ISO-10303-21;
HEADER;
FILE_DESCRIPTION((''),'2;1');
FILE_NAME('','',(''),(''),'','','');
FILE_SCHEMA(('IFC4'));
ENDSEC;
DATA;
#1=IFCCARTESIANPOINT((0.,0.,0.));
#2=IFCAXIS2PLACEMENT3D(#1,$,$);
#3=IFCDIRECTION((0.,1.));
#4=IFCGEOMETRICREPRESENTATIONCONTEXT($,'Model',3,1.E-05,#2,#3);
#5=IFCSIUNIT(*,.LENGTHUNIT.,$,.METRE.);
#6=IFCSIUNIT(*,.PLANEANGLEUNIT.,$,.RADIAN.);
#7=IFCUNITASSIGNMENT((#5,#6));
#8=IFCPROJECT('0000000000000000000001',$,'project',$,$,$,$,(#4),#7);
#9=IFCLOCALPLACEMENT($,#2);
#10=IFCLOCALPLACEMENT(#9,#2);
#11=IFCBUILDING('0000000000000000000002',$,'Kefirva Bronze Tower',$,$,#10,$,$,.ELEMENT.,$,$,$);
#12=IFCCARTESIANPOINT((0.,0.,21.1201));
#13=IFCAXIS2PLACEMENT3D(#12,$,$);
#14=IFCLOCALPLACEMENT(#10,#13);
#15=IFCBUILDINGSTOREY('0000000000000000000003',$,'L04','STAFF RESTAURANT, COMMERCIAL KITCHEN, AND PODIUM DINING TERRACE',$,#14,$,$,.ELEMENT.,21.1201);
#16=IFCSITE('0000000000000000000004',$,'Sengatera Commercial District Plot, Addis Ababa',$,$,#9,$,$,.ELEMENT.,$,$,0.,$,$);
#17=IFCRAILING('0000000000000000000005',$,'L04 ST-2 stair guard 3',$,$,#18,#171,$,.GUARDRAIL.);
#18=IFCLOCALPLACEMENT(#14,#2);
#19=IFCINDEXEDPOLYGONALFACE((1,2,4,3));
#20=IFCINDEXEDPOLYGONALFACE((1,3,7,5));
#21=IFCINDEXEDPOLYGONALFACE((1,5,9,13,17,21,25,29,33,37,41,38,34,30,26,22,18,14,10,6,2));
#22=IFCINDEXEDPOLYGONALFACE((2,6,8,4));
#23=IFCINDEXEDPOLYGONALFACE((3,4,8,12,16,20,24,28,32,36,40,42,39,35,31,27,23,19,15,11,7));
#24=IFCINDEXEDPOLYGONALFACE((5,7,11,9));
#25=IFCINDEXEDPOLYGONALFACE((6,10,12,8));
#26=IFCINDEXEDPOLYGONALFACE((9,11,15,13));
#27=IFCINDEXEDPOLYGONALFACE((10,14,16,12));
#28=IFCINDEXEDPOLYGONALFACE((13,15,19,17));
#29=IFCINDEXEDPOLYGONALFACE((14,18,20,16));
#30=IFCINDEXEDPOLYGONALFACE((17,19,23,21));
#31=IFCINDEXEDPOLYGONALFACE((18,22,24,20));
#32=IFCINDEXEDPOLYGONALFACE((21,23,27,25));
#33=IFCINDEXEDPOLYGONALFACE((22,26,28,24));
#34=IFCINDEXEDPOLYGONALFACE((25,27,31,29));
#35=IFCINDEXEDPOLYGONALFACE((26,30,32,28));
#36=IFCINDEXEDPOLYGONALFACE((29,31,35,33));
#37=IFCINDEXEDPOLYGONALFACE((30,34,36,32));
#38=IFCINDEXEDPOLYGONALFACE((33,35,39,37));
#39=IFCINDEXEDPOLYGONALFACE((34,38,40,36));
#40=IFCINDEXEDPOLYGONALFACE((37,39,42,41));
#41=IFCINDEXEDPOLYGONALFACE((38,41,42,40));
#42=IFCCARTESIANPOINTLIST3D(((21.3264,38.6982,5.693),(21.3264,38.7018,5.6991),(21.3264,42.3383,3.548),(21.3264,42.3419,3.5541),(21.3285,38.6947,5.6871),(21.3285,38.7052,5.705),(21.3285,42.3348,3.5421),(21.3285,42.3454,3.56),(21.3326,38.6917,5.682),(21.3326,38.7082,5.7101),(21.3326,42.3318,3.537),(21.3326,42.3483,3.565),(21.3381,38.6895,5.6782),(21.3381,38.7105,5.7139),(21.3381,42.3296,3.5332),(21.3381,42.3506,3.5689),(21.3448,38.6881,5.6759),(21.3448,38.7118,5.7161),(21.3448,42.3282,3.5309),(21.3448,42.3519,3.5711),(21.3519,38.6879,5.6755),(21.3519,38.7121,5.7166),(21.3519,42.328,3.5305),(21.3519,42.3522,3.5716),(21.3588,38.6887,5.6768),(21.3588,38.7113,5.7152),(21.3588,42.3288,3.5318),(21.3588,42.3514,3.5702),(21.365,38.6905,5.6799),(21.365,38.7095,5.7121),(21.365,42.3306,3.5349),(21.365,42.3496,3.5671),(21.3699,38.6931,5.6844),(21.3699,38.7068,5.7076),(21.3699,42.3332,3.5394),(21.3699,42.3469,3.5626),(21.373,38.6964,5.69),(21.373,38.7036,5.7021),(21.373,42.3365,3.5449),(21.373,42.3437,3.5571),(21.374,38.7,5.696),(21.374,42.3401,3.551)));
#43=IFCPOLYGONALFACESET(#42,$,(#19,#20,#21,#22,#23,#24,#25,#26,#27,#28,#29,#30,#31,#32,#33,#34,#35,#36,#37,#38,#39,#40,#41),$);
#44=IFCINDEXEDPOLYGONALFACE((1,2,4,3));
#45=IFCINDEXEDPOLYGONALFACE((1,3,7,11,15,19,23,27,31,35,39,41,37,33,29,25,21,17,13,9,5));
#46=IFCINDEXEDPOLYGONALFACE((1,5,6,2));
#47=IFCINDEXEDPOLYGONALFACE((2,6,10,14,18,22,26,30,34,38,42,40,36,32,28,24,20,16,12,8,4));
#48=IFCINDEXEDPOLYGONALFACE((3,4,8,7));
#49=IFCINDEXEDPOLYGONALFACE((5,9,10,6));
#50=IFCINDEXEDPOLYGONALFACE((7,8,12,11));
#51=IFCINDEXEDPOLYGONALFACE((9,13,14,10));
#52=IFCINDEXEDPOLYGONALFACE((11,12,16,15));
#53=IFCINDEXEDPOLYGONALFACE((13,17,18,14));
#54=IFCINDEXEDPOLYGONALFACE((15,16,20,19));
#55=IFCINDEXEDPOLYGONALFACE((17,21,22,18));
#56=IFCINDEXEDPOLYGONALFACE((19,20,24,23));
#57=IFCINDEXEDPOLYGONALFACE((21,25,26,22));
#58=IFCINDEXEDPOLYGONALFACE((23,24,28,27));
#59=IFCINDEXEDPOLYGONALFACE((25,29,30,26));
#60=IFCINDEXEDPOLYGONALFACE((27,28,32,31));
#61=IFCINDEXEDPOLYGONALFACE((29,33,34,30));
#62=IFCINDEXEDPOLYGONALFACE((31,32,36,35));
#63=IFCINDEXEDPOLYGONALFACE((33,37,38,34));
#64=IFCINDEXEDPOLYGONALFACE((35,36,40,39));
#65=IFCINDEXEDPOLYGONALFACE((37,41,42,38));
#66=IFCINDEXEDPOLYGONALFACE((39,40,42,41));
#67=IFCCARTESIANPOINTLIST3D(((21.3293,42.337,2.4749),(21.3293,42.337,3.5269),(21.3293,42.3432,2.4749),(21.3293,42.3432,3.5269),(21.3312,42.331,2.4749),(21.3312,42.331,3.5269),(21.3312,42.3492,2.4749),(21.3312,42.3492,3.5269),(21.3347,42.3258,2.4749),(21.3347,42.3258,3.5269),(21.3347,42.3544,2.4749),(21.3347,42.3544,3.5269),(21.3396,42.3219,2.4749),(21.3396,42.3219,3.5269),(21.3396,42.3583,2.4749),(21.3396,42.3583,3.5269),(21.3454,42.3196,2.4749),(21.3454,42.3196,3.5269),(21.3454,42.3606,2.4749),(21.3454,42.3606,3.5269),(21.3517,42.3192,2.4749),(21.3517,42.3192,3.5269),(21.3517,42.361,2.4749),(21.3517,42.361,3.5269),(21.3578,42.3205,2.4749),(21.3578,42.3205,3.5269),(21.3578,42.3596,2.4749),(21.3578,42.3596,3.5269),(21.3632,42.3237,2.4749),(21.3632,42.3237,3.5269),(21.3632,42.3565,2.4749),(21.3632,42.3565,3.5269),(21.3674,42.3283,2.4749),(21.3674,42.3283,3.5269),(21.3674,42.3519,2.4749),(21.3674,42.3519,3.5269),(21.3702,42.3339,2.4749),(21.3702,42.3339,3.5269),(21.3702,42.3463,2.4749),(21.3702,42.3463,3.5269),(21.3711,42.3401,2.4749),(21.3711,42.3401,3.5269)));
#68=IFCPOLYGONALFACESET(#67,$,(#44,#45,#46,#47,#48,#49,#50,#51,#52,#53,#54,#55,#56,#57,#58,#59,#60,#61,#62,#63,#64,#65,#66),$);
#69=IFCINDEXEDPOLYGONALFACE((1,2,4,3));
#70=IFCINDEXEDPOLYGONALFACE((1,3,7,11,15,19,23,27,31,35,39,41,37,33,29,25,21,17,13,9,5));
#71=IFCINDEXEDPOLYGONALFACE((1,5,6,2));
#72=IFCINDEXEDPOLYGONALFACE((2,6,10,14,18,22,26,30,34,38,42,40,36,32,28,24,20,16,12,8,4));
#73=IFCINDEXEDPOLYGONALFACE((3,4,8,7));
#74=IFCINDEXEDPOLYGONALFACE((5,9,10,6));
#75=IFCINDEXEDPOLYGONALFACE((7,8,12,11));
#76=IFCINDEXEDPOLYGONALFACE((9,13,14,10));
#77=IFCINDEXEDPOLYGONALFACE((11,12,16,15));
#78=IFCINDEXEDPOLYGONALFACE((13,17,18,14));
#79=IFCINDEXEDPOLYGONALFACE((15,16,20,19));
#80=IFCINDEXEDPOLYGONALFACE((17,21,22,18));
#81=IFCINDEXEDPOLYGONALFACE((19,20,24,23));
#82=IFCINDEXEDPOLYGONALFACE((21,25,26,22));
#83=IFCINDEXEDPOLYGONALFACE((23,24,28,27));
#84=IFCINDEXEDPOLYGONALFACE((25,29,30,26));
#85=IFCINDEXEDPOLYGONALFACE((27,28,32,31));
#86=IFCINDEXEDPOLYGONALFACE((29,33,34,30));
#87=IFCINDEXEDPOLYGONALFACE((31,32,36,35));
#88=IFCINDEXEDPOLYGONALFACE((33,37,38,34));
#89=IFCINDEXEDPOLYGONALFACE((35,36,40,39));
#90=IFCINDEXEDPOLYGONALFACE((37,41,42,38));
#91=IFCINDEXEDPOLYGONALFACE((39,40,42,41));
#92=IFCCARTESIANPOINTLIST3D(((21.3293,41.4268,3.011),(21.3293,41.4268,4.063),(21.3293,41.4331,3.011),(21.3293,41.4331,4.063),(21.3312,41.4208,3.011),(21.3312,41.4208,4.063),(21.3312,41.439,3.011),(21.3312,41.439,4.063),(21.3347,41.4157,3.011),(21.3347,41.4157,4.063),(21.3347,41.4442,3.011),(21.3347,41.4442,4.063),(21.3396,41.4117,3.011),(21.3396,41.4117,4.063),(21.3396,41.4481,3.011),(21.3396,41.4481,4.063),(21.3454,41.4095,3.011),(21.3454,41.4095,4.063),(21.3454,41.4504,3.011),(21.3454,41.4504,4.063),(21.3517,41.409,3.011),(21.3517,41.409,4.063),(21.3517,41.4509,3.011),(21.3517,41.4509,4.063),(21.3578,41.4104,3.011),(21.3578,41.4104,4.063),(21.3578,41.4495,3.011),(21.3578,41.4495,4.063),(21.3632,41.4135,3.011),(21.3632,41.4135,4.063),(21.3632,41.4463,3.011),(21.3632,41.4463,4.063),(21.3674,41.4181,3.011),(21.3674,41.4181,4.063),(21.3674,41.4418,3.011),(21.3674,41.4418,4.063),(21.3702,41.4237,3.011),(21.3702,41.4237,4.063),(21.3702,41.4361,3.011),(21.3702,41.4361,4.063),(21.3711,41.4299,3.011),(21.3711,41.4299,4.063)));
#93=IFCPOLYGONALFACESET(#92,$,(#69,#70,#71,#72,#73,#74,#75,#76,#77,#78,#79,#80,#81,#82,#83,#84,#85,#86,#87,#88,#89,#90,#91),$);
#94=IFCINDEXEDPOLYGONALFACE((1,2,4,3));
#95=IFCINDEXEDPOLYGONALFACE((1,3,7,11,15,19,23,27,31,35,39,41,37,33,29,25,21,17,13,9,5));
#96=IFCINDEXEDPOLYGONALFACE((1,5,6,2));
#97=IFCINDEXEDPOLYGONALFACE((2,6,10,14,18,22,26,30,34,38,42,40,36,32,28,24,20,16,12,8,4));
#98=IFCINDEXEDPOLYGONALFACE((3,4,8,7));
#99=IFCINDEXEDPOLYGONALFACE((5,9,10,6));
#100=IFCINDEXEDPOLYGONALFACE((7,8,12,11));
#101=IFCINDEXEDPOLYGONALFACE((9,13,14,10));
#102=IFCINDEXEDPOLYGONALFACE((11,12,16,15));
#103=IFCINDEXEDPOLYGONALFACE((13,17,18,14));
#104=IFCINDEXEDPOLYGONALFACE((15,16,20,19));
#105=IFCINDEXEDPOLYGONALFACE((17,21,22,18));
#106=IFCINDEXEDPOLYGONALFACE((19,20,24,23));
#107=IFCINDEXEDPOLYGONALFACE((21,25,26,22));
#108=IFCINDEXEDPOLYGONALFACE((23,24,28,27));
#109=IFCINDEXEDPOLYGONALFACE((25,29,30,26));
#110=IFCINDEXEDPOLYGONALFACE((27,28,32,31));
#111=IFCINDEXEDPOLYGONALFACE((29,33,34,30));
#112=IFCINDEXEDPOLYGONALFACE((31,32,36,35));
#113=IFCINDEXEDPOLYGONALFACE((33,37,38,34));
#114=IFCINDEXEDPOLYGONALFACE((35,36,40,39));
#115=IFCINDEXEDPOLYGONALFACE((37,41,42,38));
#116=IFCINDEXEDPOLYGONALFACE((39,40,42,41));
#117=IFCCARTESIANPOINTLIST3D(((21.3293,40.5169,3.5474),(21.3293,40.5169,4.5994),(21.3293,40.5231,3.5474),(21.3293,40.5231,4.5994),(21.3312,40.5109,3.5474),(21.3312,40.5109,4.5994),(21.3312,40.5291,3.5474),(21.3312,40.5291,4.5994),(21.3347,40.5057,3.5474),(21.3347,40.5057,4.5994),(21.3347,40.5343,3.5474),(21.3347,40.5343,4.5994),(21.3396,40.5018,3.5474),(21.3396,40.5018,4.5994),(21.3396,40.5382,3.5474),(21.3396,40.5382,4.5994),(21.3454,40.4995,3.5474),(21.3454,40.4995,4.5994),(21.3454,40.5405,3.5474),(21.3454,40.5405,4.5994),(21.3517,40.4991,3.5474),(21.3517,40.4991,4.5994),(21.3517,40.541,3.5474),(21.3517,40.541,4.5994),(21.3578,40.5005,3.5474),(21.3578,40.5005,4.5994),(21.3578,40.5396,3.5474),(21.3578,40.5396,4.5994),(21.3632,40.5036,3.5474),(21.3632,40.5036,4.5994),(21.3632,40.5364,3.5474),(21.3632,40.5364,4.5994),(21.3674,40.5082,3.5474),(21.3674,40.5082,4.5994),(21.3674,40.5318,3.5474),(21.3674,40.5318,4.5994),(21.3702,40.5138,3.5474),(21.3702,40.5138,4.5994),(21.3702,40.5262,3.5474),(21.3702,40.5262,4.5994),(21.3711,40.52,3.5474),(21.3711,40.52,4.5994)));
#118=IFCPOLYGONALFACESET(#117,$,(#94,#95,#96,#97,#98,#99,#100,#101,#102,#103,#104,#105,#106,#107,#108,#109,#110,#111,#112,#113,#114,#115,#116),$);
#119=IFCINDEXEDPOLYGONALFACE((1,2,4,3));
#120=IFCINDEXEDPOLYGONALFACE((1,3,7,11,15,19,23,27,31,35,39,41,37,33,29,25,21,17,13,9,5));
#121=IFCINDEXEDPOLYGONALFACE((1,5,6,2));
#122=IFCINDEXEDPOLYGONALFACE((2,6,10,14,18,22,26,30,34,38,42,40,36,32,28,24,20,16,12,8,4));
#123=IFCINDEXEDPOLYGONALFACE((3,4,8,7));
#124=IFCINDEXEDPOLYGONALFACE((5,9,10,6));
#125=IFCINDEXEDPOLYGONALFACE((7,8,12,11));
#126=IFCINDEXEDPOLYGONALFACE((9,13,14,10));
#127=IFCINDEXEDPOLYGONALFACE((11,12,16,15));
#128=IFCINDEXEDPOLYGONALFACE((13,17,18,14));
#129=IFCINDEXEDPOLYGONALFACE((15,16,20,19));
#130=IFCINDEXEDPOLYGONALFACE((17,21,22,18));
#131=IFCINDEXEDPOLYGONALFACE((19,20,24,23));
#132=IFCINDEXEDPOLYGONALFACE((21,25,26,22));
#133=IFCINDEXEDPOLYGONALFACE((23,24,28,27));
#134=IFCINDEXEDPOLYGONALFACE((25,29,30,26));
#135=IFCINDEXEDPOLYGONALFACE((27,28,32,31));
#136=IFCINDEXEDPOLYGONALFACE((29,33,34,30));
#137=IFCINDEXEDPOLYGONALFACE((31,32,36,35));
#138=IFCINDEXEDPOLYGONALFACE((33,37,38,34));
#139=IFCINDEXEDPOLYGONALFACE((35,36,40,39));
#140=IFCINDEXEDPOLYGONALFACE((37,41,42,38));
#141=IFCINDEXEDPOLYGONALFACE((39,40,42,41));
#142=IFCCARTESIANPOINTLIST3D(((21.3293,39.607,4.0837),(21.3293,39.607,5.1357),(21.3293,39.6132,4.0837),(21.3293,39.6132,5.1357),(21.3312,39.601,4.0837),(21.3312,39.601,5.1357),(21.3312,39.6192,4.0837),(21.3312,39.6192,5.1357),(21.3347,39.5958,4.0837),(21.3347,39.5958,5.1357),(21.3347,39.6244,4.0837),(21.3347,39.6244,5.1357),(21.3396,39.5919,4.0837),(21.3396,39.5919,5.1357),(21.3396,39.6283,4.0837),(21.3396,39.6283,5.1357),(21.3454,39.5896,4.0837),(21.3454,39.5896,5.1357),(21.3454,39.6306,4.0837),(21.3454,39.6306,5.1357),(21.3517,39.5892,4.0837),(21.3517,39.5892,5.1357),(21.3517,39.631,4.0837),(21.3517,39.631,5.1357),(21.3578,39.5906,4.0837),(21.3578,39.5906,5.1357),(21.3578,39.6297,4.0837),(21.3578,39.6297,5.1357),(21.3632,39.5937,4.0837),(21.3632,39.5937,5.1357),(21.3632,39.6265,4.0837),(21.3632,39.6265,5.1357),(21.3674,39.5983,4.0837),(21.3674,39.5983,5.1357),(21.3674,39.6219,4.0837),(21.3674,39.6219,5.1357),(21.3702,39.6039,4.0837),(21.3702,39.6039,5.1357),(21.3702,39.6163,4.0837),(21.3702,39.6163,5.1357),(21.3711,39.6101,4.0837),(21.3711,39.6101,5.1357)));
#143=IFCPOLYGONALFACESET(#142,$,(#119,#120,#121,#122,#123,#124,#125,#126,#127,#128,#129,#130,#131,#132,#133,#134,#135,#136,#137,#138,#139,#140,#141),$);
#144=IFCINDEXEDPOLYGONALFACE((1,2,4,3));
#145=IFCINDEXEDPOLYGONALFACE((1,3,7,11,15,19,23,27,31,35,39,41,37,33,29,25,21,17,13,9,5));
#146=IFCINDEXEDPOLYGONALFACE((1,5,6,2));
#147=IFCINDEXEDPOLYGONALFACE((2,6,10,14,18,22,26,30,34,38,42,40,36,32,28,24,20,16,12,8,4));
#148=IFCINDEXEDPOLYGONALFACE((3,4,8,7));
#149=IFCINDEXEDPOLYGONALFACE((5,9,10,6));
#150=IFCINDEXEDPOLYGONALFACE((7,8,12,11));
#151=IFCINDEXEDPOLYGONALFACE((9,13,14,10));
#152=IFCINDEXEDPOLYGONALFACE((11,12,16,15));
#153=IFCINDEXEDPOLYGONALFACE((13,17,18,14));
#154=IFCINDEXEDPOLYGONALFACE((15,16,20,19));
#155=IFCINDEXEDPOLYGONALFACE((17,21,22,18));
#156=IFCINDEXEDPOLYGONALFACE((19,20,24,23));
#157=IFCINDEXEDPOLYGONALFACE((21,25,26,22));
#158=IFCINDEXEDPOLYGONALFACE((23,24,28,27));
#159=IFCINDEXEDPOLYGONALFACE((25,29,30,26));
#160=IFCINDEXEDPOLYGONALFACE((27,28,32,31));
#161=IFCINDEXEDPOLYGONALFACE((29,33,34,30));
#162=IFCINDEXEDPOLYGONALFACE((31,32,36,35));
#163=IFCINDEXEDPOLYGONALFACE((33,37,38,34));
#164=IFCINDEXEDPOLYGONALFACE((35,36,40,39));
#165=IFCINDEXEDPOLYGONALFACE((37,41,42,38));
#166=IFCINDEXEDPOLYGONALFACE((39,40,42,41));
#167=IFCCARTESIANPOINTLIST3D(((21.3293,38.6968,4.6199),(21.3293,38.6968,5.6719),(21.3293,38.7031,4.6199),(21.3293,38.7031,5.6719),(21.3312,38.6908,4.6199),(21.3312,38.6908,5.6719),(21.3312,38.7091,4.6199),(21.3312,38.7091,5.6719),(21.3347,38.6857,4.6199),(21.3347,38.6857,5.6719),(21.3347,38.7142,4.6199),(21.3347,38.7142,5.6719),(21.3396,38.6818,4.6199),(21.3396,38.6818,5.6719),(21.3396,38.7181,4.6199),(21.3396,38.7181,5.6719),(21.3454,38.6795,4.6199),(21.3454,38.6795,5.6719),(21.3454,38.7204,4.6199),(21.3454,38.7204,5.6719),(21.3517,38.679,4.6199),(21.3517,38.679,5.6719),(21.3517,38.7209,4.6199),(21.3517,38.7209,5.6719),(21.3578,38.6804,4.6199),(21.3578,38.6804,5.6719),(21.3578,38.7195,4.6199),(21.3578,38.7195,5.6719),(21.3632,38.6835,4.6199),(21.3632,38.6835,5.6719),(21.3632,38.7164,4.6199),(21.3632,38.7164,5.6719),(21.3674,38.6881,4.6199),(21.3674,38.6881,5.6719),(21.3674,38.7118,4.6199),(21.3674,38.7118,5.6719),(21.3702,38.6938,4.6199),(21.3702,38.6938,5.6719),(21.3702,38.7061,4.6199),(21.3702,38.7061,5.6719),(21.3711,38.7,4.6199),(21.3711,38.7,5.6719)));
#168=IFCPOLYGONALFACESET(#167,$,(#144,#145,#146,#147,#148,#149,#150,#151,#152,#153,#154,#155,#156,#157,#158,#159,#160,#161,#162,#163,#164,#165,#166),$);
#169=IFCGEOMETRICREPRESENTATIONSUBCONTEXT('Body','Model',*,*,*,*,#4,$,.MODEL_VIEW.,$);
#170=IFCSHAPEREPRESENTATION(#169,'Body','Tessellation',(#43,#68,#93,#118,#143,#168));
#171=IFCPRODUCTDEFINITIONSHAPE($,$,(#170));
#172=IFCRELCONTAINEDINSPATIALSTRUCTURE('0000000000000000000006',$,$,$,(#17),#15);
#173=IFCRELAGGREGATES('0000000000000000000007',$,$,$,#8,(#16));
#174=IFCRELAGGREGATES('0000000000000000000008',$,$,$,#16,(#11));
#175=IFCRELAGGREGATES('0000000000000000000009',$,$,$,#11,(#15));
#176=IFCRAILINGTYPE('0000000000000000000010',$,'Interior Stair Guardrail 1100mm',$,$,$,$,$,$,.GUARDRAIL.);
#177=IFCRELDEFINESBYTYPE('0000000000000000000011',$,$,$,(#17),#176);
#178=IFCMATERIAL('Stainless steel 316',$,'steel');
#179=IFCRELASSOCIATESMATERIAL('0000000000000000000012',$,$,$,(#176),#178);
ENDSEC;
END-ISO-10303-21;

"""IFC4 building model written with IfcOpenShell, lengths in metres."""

from ifc_helpers import new_model, si_unit, direction, frame, origin, origin_2d, place, context, subcontext, project, spatial, circle, extrude, material, type_object, element, save


model = new_model("IFC4")

# Units and contexts
model_context = context("Model", 3, precision=1e-05, world=origin(), true_north=direction((0.0, 1.0)))
body_context = subcontext(model_context, "Body", "Model", "MODEL_VIEW")
ifc_project = project(units=[si_unit("LENGTHUNIT", "METRE"), si_unit("PLANEANGLEUNIT", "RADIAN")], contexts=[model_context])

# Site, building, storey
site_placement = place(None, origin())
site = spatial("IfcSite", under=ifc_project, at=site_placement, Name="Sengatera Commercial District Plot, Addis Ababa", CompositionType="ELEMENT", RefElevation=0.0)
building_placement = place(site_placement, origin())
building = spatial("IfcBuilding", under=site, at=building_placement, Name="Kefirva Bronze Tower", CompositionType="ELEMENT")
storey_placement = place(building_placement, frame((0.0, 0.0, 21.1201)))
storey = spatial("IfcBuildingStorey", under=building, at=storey_placement, Name="L04", Description="STAFF RESTAURANT, COMMERCIAL KITCHEN, AND PODIUM DINING TERRACE", CompositionType="ELEMENT", Elevation=21.1201)

# Railing
ifc_material_1 = material(Name="Stainless steel 316", Category="steel")
railing_type_1 = type_object("IfcRailingType", Name="Interior Stair Guardrail 1100mm", PredefinedType="GUARDRAIL", material=ifc_material_1)
railing_1_placement = place(storey_placement, frame((21.3501, 42.3401, 2.4749)))
element("IfcRailing", 1, at=railing_1_placement, inside=storey, type_object=railing_type_1, Name="L04 ST-2 stair guard 3", PredefinedType="GUARDRAIL", context=body_context, shape_type="SweptSolid", body=[
    extrude(circle(Radius=0.0239, at=origin_2d()), frame((0.0, 0.0, 1.0762), z_axis=(0.0, -0.861545, 0.507682), x_axis=(1.0, 0.0, 0.0)), (0.0, 0.0, 1.0), 4.2251),
    extrude(circle(Radius=0.021, at=origin_2d()), origin(), (0.0, 0.0, 1.0), 1.052),
    extrude(circle(Radius=0.021, at=origin_2d()), frame((0.0, -0.9102, 0.5361)), (0.0, 0.0, 1.0), 1.052),
    extrude(circle(Radius=0.021, at=origin_2d()), frame((0.0, -1.8201, 1.0725)), (0.0, 0.0, 1.0), 1.052),
    extrude(circle(Radius=0.021, at=origin_2d()), frame((0.0, -2.73, 1.6089)), (0.0, 0.0, 1.0), 1.052),
    extrude(circle(Radius=0.021, at=origin_2d()), frame((0.0, -3.6401, 2.145)), (0.0, 0.0, 1.0), 1.052),
])

save(model, "model.ifc")
